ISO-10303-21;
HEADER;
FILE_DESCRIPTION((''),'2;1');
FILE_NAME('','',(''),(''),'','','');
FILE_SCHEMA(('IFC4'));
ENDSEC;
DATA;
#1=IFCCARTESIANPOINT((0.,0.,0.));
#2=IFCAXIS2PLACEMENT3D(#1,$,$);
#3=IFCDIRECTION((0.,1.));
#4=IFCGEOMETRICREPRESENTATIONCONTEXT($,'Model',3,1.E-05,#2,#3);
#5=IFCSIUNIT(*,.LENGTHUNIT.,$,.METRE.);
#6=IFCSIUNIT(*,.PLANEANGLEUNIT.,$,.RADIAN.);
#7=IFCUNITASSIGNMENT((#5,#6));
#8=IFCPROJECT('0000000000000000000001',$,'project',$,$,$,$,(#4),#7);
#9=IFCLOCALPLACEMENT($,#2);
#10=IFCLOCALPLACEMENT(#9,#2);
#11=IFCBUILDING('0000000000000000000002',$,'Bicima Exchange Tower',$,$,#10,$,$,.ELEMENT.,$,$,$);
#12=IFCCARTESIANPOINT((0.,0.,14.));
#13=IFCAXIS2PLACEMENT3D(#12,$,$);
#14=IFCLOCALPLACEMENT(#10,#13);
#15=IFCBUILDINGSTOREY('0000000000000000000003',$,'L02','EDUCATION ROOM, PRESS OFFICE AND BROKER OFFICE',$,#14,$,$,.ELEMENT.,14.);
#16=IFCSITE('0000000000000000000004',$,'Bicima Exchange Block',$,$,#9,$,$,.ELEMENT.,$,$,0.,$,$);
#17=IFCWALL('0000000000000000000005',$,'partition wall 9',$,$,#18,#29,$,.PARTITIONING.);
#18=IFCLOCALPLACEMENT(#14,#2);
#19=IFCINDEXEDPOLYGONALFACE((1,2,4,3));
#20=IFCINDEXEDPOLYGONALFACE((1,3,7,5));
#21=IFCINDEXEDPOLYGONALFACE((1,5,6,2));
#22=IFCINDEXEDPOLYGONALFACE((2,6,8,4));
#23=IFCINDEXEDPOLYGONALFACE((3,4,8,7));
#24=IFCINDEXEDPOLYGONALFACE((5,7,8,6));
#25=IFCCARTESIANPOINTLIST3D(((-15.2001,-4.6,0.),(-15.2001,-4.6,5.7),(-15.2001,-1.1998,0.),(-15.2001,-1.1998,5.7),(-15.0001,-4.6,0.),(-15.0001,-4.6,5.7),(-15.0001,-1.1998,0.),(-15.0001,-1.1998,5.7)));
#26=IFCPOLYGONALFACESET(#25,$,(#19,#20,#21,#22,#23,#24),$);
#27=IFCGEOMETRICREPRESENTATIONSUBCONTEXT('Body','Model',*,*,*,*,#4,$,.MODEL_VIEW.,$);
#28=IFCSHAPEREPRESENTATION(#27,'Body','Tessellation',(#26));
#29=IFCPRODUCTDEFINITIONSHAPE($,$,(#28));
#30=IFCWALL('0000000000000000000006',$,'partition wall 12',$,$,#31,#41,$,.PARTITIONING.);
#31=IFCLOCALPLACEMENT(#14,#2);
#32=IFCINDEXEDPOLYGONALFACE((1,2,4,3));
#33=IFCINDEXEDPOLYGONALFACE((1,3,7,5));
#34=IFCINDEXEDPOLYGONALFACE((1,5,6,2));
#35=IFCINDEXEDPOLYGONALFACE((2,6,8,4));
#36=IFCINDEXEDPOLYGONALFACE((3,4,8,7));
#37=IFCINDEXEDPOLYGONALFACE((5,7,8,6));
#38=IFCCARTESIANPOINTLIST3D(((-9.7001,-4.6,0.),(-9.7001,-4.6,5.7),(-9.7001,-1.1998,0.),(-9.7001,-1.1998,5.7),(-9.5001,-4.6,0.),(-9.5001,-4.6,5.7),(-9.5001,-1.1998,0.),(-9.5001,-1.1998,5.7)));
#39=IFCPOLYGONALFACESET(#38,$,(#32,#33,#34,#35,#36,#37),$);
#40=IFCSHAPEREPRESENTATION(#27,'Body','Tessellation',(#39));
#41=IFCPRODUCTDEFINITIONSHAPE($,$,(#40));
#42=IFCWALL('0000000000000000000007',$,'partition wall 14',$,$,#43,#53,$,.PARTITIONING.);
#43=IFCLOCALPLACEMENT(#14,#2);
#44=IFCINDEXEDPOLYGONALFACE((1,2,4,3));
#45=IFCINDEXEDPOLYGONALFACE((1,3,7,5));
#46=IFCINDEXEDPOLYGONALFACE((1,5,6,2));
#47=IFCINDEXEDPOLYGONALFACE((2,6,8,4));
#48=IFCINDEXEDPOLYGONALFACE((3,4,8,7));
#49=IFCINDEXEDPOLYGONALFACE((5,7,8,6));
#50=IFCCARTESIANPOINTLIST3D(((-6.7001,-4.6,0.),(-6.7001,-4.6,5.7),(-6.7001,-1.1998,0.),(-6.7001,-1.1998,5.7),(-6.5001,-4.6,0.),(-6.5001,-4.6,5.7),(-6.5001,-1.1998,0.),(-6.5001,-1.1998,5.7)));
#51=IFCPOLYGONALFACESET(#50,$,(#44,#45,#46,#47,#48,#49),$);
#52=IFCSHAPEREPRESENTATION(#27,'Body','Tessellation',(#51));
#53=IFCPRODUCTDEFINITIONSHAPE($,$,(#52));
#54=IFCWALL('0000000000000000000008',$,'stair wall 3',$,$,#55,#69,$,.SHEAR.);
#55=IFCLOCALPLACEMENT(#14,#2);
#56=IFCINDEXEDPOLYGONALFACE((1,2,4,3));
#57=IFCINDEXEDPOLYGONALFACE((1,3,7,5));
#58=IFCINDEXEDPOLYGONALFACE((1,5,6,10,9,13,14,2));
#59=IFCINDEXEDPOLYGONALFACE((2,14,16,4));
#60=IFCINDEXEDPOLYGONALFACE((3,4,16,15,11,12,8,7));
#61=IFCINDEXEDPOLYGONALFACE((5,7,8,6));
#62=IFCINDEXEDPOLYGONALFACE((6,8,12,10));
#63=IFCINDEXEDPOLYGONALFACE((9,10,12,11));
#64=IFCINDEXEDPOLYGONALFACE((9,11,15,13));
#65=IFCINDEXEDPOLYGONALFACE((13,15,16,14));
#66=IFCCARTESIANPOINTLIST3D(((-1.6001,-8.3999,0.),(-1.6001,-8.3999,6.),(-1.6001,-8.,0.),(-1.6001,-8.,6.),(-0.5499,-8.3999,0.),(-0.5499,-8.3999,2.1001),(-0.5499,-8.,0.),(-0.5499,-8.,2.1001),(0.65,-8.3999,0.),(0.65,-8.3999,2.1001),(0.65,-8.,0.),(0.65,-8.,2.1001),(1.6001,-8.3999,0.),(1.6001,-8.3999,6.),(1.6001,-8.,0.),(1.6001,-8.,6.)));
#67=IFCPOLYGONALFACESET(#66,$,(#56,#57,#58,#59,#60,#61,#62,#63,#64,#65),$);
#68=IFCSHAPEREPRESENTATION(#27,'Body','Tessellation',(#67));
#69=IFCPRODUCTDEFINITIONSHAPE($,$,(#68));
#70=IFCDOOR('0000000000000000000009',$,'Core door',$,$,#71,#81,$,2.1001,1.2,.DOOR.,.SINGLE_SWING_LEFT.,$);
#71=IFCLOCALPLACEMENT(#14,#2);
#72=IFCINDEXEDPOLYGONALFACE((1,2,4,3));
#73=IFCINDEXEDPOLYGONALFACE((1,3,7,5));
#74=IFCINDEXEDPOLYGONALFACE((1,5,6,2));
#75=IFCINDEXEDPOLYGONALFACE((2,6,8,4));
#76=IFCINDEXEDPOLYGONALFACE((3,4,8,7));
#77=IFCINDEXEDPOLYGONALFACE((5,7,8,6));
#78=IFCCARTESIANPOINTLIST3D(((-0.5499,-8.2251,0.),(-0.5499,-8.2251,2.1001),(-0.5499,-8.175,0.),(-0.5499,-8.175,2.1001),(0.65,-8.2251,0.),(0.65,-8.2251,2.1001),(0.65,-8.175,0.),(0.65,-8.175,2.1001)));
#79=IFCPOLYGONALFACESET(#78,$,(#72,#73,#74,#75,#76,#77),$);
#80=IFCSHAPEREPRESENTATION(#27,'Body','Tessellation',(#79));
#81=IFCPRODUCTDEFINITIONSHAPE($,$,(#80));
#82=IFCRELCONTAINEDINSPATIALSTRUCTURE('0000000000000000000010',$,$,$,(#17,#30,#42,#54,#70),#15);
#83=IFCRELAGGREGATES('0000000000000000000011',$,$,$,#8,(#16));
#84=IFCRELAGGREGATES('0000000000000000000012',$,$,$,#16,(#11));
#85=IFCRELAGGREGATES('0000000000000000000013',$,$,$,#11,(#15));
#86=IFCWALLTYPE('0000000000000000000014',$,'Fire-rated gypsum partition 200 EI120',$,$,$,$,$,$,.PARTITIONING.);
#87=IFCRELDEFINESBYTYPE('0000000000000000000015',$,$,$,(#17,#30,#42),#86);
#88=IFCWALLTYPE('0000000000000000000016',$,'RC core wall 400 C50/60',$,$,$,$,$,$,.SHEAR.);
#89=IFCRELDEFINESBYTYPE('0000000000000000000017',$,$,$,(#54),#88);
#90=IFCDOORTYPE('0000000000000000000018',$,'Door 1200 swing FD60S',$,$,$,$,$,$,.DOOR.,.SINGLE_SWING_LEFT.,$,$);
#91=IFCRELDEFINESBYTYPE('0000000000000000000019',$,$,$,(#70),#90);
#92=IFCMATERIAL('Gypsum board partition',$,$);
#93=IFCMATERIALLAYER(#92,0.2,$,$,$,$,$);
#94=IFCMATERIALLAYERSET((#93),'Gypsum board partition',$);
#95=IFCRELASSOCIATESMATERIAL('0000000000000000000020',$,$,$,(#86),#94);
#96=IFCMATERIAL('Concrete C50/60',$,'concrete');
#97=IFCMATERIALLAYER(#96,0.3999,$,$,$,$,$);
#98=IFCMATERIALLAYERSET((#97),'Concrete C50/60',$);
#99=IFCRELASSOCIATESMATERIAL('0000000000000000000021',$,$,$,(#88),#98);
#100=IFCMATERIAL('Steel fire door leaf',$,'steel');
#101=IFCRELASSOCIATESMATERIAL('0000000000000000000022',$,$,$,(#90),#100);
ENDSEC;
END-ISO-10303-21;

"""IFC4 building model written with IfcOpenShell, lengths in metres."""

from ifc_helpers import new_model, si_unit, direction, frame, frame_2d, origin, place, context, subcontext, project, spatial, rectangle, extrude, material, layer, layer_set, type_object, element, fill, save


model = new_model("IFC4")

# Units and contexts
model_context = context("Model", 3, precision=1e-05, world=origin(), true_north=direction((0.0, 1.0)))
body_context = subcontext(model_context, "Body", "Model", "MODEL_VIEW")
ifc_project = project(units=[si_unit("LENGTHUNIT", "METRE"), si_unit("PLANEANGLEUNIT", "RADIAN")], contexts=[model_context])

# Site, building, storey
site_placement = place(None, origin())
site = spatial("IfcSite", under=ifc_project, at=site_placement, Name="Bicima Exchange Block", CompositionType="ELEMENT", RefElevation=0.0)
building_placement = place(site_placement, origin())
building = spatial("IfcBuilding", under=site, at=building_placement, Name="Bicima Exchange Tower", CompositionType="ELEMENT")
storey_placement = place(building_placement, frame((0.0, 0.0, 14.0)))
storey = spatial("IfcBuildingStorey", under=building, at=storey_placement, Name="L02", Description="EDUCATION ROOM, PRESS OFFICE AND BROKER OFFICE", CompositionType="ELEMENT", Elevation=14.0)

# Walls
ifc_material_1 = material(Name="Gypsum board partition")
ifc_layer_1 = layer(ifc_material_1, 0.2)
ifc_layer_set_1 = layer_set([ifc_layer_1], Name="Gypsum board partition")
wall_type_1 = type_object("IfcWallType", Name="Fire-rated gypsum partition 200 EI120", PredefinedType="PARTITIONING", material=ifc_layer_set_1)
for number, where, z_axis, x_axis, name in (
    (1, (-15.1001, -4.6001, 0.0), (0.0, 0.0, 1.0), (0.0, 1.0, 0.0), "partition wall 9"),
    (2, (-9.6001, -4.6001, 0.0), (0.0, 0.0, 1.0), (0.0, 1.0, 0.0), "partition wall 12"),
    (3, (-6.6001, -4.6001, 0.0), (0.0, 0.0, 1.0), (0.0, 1.0, 0.0), "partition wall 14"),
):
    element("IfcWall", number, at=place(storey_placement, frame(where, z_axis=z_axis, x_axis=x_axis)), inside=storey, type_object=wall_type_1, Name=name, PredefinedType="PARTITIONING", context=body_context, shape_type="SweptSolid", body=[
        extrude(rectangle(XDim=3.4001, YDim=0.2, at=frame_2d((1.7002, 0.0))), origin(), (0.0, 0.0, 1.0), 5.7),
    ])

# Wall, opening, door
ifc_material_2 = material(Name="Concrete C50/60", Category="concrete")
ifc_layer_2 = layer(ifc_material_2, 0.3999)
ifc_layer_set_2 = layer_set([ifc_layer_2], Name="Concrete C50/60")
wall_type_2 = type_object("IfcWallType", Name="RC core wall 400 C50/60", PredefinedType="SHEAR", material=ifc_layer_set_2)
wall_1_placement = place(storey_placement, frame((-1.6001, -8.2, 0.0), z_axis=(0.0, 0.0, 1.0), x_axis=(1.0, 0.0, 0.0)))
wall_1 = element("IfcWall", 4, at=wall_1_placement, inside=storey, type_object=wall_type_2, Name="stair wall 3", PredefinedType="SHEAR", context=body_context, shape_type="SweptSolid", body=[
    extrude(rectangle(XDim=3.2002, YDim=0.3999, at=frame_2d((1.6001, 0.0))), origin(), (0.0, 0.0, 1.0), 6.0),
])
opening_1_placement = place(wall_1_placement, frame((1.05, 0.0, 0.0)))
opening_1 = element("IfcOpeningElement", 5, at=opening_1_placement, cuts=wall_1, PredefinedType="OPENING", context=body_context, shape_type="SweptSolid", body=[
    extrude(rectangle(XDim=1.2, YDim=2.1001, at=frame_2d((0.6001, 1.05))), frame((0.0, 0.2119, 0.0), z_axis=(0.0, -1.0, 0.0), x_axis=(1.0, 0.0, 0.0)), (0.0, 0.0, 1.0), 0.4238),
])
ifc_material_3 = material(Name="Steel fire door leaf", Category="steel")
door_type_1 = type_object("IfcDoorType", Name="Door 1200 swing FD60S", OperationType="SINGLE_SWING_LEFT", PredefinedType="DOOR", material=ifc_material_3)
door_1_placement = place(opening_1_placement, origin())
door_1 = element("IfcDoor", 6, at=door_1_placement, inside=storey, type_object=door_type_1, Name="Core door", OperationType="SINGLE_SWING_LEFT", OverallHeight=2.1001, OverallWidth=1.2, PredefinedType="DOOR", context=body_context, shape_type="SweptSolid", body=[
    extrude(rectangle(XDim=1.2, YDim=2.1001, at=frame_2d((0.6001, 1.05))), frame((0.0, 0.0249, 0.0), z_axis=(0.0, -1.0, 0.0), x_axis=(1.0, 0.0, 0.0)), (0.0, 0.0, 1.0), 0.05),
])
fill(opening_1, door_1)

save(model, "model.ifc")
